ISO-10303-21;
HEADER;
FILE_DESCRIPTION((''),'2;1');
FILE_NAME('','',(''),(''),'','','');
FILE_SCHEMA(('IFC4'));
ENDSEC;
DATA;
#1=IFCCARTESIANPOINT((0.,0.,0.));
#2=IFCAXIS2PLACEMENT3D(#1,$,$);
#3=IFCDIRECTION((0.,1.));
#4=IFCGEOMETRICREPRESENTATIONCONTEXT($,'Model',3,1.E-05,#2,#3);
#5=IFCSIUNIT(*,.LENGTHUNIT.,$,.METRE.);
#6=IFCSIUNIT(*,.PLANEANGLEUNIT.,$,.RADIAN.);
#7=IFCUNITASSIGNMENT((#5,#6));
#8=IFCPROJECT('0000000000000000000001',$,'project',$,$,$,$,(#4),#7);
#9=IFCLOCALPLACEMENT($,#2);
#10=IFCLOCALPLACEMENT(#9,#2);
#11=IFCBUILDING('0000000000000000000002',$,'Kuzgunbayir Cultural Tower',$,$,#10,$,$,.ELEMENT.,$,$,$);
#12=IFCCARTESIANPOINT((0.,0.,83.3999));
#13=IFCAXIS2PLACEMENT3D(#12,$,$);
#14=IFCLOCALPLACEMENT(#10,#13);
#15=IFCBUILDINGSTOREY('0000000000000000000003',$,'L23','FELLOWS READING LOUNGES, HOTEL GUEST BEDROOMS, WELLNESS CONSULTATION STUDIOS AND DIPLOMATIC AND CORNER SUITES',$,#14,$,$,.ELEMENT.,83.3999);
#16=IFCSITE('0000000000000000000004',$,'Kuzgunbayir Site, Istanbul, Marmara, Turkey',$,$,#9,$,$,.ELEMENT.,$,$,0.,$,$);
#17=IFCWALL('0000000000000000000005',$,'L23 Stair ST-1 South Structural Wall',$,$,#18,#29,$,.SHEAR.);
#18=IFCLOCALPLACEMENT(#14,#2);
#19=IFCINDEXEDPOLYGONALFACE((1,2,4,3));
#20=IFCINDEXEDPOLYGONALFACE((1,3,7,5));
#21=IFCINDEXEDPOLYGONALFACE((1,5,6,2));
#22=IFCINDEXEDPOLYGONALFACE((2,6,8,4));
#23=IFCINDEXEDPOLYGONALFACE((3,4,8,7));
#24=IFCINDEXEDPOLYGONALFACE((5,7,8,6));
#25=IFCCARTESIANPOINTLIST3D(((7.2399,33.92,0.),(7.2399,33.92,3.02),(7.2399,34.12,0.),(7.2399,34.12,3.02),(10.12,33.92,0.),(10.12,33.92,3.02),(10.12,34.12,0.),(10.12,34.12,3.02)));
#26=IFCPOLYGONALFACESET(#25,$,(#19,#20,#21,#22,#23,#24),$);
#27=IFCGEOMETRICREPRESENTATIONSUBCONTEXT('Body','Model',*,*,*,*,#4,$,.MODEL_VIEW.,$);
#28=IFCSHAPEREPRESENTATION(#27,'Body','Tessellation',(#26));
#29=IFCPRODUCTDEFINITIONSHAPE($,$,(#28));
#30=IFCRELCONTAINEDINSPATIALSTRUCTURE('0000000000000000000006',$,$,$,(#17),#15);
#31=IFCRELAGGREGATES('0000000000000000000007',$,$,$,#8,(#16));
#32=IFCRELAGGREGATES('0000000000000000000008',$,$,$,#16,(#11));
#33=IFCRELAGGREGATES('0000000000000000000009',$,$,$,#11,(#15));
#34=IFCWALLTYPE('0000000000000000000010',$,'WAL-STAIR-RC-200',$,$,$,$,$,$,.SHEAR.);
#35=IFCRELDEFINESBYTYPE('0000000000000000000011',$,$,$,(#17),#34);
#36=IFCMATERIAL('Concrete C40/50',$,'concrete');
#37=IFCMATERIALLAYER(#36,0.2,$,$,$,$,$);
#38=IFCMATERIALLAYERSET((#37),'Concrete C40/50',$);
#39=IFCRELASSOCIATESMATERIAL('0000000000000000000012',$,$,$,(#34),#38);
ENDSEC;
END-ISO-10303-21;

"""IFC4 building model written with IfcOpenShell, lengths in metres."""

from ifc_helpers import new_model, si_unit, direction, frame, frame_2d, origin, place, context, subcontext, project, spatial, rectangle, extrude, material, layer, layer_set, type_object, element, save


model = new_model("IFC4")

# Units and contexts
model_context = context("Model", 3, precision=1e-05, world=origin(), true_north=direction((0.0, 1.0)))
body_context = subcontext(model_context, "Body", "Model", "MODEL_VIEW")
ifc_project = project(units=[si_unit("LENGTHUNIT", "METRE"), si_unit("PLANEANGLEUNIT", "RADIAN")], contexts=[model_context])

# Site, building, storey
site_placement = place(None, origin())
site = spatial("IfcSite", under=ifc_project, at=site_placement, Name="Kuzgunbayir Site, Istanbul, Marmara, Turkey", CompositionType="ELEMENT", RefElevation=0.0)
building_placement = place(site_placement, origin())
building = spatial("IfcBuilding", under=site, at=building_placement, Name="Kuzgunbayir Cultural Tower", CompositionType="ELEMENT")
storey_placement = place(building_placement, frame((0.0, 0.0, 83.3999)))
storey = spatial("IfcBuildingStorey", under=building, at=storey_placement, Name="L23", Description="FELLOWS READING LOUNGES, HOTEL GUEST BEDROOMS, WELLNESS CONSULTATION STUDIOS AND DIPLOMATIC AND CORNER SUITES", CompositionType="ELEMENT", Elevation=83.3999)

# Wall
ifc_material_1 = material(Name="Concrete C40/50", Category="concrete")
ifc_layer_1 = layer(ifc_material_1, 0.2)
ifc_layer_set_1 = layer_set([ifc_layer_1], Name="Concrete C40/50")
wall_type_1 = type_object("IfcWallType", Name="WAL-STAIR-RC-200", PredefinedType="SHEAR", material=ifc_layer_set_1)
wall_1_placement = place(storey_placement, frame((7.24, 34.02, 0.0), z_axis=(0.0, 0.0, 1.0), x_axis=(1.0, 0.0, 0.0)))
element("IfcWall", 1, at=wall_1_placement, inside=storey, type_object=wall_type_1, Name="L23 Stair ST-1 South Structural Wall", PredefinedType="SHEAR", context=body_context, shape_type="SweptSolid", body=[
    extrude(rectangle(XDim=2.8801, YDim=0.2, at=frame_2d((1.4399, 0.0))), origin(), (0.0, 0.0, 1.0), 3.02),
])

save(model, "model.ifc")
